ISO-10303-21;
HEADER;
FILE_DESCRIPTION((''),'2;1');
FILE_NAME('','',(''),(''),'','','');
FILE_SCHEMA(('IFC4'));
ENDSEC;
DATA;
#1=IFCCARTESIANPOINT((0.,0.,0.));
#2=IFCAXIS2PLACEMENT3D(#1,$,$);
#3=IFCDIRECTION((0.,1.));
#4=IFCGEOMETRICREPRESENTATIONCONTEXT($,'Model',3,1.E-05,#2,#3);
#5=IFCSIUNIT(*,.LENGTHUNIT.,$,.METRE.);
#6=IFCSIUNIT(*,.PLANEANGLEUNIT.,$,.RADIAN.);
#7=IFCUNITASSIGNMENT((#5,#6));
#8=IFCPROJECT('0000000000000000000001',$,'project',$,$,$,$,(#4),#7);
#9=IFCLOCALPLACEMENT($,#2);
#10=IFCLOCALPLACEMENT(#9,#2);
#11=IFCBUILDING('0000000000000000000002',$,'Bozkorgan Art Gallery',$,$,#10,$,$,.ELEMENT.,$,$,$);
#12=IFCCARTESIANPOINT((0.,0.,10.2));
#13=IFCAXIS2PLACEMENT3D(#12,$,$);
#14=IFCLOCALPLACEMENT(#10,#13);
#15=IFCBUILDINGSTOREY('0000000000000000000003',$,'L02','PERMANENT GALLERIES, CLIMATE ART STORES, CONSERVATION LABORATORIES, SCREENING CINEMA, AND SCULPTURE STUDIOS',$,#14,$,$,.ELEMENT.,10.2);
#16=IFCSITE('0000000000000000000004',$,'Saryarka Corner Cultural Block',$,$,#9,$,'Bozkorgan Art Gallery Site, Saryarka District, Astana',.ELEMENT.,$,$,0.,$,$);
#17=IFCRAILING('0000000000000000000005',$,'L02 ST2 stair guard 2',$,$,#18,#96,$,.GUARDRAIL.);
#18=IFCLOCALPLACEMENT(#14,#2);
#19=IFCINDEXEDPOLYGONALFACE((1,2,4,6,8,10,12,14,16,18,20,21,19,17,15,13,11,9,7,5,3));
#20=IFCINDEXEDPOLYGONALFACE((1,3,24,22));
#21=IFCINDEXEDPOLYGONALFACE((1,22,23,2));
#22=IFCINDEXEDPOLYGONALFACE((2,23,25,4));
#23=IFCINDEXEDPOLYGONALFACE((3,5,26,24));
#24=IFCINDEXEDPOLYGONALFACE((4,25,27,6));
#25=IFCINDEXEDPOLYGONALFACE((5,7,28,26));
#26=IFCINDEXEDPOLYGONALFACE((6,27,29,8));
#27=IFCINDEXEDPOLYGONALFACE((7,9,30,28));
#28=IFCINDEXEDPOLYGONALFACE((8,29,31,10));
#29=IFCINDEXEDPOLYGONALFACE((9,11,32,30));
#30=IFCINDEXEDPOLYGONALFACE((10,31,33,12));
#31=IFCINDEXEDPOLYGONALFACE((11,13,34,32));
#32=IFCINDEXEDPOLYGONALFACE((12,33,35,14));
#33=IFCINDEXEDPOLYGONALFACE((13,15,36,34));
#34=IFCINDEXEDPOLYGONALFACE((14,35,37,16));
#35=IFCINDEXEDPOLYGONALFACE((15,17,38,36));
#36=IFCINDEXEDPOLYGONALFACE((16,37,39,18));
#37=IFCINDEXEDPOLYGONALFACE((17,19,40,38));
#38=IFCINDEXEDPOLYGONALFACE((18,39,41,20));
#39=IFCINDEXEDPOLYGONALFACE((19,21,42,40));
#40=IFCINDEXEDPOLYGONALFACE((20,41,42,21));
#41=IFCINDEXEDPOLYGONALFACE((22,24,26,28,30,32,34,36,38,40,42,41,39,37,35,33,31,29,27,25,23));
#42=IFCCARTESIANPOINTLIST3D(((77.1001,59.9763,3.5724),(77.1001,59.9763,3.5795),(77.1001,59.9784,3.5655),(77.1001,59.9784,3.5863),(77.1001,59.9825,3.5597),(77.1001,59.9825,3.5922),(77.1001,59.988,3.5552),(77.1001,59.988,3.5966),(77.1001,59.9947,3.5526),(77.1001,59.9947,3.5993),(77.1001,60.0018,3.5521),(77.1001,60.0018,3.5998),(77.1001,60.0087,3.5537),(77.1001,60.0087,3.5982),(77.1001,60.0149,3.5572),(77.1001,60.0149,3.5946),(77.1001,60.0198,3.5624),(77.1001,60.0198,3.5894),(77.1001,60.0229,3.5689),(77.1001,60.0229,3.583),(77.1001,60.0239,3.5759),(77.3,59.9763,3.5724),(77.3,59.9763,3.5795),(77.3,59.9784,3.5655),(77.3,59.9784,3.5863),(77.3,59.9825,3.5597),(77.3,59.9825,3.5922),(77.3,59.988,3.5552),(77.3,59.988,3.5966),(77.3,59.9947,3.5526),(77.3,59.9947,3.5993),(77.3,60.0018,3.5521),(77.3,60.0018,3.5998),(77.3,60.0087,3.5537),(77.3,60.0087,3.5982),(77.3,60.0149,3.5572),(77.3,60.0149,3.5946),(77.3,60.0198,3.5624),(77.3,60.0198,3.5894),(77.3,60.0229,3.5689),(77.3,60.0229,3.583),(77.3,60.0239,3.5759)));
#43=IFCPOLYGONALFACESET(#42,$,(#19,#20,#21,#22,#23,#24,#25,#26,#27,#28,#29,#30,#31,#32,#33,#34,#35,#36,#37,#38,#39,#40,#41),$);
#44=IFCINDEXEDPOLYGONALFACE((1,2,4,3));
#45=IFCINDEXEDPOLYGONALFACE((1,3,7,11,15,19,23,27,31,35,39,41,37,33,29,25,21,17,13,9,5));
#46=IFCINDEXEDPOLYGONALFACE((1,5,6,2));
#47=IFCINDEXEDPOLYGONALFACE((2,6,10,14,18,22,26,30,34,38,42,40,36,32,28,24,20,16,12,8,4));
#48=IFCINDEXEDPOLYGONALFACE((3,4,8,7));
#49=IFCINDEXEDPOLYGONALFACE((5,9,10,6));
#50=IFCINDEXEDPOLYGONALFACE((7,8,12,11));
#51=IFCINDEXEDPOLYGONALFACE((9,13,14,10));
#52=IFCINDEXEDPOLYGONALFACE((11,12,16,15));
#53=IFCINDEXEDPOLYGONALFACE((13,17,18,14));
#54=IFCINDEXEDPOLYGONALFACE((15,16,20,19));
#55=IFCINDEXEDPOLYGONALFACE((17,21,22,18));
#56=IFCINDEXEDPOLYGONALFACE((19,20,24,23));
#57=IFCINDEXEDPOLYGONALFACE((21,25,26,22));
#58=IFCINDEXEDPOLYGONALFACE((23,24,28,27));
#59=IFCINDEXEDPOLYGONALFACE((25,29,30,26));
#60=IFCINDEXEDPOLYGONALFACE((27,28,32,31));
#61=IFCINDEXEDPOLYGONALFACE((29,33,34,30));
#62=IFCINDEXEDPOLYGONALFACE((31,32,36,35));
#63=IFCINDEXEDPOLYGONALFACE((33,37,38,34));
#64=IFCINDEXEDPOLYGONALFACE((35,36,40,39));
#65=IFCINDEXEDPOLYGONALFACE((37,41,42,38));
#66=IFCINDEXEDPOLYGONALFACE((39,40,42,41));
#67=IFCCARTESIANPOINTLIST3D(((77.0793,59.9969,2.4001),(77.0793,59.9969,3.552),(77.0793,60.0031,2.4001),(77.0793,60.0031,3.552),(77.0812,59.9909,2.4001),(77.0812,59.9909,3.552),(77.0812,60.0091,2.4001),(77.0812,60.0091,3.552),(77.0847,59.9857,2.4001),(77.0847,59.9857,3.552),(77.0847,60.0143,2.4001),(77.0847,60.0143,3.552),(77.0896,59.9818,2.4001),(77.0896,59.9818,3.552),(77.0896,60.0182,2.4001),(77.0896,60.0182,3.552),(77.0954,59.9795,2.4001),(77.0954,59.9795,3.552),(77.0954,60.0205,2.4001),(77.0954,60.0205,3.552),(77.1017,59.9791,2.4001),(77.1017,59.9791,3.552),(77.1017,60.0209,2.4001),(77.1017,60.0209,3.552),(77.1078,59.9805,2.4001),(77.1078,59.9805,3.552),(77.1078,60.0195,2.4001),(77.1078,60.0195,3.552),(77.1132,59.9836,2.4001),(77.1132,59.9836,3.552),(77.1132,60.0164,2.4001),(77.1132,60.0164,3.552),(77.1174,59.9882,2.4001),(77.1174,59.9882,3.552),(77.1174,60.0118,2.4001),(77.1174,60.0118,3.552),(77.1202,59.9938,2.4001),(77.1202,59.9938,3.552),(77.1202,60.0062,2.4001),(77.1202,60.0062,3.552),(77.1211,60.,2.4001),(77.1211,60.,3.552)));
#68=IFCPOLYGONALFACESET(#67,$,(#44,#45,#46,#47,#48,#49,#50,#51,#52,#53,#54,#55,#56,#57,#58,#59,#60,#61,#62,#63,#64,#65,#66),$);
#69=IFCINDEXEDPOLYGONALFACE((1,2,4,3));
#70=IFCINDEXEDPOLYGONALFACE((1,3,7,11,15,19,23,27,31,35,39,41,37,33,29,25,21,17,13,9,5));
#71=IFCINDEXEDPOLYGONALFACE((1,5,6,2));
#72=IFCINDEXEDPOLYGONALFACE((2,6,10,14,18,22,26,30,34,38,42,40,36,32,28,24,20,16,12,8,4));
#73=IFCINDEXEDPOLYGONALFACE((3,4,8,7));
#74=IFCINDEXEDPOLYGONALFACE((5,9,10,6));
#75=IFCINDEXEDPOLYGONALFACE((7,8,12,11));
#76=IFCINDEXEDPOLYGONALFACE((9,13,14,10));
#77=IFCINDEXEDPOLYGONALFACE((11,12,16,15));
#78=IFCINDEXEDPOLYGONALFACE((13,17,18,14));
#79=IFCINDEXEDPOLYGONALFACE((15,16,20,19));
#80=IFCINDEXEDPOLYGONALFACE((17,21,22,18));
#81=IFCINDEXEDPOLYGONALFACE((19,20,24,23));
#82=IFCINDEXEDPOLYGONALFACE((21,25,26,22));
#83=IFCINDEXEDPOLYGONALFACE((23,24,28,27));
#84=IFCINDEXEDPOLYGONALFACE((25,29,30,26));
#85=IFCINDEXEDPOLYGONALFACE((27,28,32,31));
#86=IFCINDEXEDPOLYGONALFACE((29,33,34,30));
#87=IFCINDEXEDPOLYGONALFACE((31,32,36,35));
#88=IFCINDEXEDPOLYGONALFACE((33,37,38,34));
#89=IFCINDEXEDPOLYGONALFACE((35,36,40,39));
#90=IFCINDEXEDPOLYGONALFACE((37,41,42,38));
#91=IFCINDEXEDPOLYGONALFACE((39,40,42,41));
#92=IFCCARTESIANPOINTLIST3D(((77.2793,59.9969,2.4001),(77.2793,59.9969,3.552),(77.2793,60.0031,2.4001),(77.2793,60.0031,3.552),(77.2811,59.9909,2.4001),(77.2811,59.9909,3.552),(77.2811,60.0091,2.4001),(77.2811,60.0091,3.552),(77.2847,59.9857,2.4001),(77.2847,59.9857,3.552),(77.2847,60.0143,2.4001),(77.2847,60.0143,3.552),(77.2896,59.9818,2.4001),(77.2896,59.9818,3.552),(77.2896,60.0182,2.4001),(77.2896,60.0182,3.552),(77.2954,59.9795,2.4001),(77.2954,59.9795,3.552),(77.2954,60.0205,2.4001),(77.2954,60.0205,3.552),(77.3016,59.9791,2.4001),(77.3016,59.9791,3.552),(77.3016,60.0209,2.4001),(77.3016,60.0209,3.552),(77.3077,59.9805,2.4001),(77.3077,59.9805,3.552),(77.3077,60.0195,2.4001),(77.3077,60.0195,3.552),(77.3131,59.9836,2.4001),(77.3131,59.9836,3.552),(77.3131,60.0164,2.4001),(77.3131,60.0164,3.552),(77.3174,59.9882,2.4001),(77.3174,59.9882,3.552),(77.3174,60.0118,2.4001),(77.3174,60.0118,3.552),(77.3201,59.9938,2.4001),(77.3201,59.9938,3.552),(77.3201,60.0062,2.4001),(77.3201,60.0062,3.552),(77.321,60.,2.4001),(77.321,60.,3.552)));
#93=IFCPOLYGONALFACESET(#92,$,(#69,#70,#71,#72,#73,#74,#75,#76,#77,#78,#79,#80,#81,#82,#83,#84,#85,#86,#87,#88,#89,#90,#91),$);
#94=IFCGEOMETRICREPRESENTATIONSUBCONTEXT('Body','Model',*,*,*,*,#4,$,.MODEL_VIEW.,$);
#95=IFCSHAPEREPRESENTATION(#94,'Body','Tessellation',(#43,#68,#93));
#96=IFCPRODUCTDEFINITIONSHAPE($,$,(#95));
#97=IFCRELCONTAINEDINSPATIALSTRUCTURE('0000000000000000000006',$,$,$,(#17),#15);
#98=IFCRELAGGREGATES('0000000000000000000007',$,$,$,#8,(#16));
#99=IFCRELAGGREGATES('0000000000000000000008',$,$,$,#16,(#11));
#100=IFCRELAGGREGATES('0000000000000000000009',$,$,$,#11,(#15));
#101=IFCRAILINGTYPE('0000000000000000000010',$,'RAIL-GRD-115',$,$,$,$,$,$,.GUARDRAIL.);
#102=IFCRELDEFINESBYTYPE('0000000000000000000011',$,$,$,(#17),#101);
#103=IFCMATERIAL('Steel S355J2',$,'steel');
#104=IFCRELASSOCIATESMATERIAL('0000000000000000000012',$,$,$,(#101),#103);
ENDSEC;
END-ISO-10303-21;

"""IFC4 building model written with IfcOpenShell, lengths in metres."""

from ifc_helpers import new_model, si_unit, direction, frame, origin, origin_2d, place, context, subcontext, project, spatial, circle, extrude, material, type_object, element, save


model = new_model("IFC4")

# Units and contexts
model_context = context("Model", 3, precision=1e-05, world=origin(), true_north=direction((0.0, 1.0)))
body_context = subcontext(model_context, "Body", "Model", "MODEL_VIEW")
ifc_project = project(units=[si_unit("LENGTHUNIT", "METRE"), si_unit("PLANEANGLEUNIT", "RADIAN")], contexts=[model_context])

# Site, building, storey
site_placement = place(None, origin())
site = spatial("IfcSite", under=ifc_project, at=site_placement, Name="Saryarka Corner Cultural Block", LongName="Bozkorgan Art Gallery Site, Saryarka District, Astana", CompositionType="ELEMENT", RefElevation=0.0)
building_placement = place(site_placement, origin())
building = spatial("IfcBuilding", under=site, at=building_placement, Name="Bozkorgan Art Gallery", CompositionType="ELEMENT")
storey_placement = place(building_placement, frame((0.0, 0.0, 10.2)))
storey = spatial("IfcBuildingStorey", under=building, at=storey_placement, Name="L02", Description="PERMANENT GALLERIES, CLIMATE ART STORES, CONSERVATION LABORATORIES, SCREENING CINEMA, AND SCULPTURE STUDIOS", CompositionType="ELEMENT", Elevation=10.2)

# Shared definitions
ifc_material_1 = material(Name="Steel S355J2", Category="steel")

# Railing
railing_type_1 = type_object("IfcRailingType", Name="RAIL-GRD-115", PredefinedType="GUARDRAIL", material=ifc_material_1)
railing_1_placement = place(storey_placement, frame((77.1001, 60.0, 2.4001)))
element("IfcRailing", 1, at=railing_1_placement, inside=storey, type_object=railing_type_1, Name="L02 ST2 stair guard 2", PredefinedType="GUARDRAIL", context=body_context, shape_type="SweptSolid", body=[
    extrude(circle(Radius=0.0239, at=origin_2d()), frame((0.0, 0.0, 1.1758), z_axis=(1.0, 0.0, 0.0), x_axis=(0.0, 1.0, 0.0)), (0.0, 0.0, 1.0), 0.2),
    extrude(circle(Radius=0.021, at=origin_2d()), origin(), (0.0, 0.0, 1.0), 1.1519),
    extrude(circle(Radius=0.021, at=origin_2d()), frame((0.2, 0.0, 0.0)), (0.0, 0.0, 1.0), 1.1519),
])

save(model, "model.ifc")
